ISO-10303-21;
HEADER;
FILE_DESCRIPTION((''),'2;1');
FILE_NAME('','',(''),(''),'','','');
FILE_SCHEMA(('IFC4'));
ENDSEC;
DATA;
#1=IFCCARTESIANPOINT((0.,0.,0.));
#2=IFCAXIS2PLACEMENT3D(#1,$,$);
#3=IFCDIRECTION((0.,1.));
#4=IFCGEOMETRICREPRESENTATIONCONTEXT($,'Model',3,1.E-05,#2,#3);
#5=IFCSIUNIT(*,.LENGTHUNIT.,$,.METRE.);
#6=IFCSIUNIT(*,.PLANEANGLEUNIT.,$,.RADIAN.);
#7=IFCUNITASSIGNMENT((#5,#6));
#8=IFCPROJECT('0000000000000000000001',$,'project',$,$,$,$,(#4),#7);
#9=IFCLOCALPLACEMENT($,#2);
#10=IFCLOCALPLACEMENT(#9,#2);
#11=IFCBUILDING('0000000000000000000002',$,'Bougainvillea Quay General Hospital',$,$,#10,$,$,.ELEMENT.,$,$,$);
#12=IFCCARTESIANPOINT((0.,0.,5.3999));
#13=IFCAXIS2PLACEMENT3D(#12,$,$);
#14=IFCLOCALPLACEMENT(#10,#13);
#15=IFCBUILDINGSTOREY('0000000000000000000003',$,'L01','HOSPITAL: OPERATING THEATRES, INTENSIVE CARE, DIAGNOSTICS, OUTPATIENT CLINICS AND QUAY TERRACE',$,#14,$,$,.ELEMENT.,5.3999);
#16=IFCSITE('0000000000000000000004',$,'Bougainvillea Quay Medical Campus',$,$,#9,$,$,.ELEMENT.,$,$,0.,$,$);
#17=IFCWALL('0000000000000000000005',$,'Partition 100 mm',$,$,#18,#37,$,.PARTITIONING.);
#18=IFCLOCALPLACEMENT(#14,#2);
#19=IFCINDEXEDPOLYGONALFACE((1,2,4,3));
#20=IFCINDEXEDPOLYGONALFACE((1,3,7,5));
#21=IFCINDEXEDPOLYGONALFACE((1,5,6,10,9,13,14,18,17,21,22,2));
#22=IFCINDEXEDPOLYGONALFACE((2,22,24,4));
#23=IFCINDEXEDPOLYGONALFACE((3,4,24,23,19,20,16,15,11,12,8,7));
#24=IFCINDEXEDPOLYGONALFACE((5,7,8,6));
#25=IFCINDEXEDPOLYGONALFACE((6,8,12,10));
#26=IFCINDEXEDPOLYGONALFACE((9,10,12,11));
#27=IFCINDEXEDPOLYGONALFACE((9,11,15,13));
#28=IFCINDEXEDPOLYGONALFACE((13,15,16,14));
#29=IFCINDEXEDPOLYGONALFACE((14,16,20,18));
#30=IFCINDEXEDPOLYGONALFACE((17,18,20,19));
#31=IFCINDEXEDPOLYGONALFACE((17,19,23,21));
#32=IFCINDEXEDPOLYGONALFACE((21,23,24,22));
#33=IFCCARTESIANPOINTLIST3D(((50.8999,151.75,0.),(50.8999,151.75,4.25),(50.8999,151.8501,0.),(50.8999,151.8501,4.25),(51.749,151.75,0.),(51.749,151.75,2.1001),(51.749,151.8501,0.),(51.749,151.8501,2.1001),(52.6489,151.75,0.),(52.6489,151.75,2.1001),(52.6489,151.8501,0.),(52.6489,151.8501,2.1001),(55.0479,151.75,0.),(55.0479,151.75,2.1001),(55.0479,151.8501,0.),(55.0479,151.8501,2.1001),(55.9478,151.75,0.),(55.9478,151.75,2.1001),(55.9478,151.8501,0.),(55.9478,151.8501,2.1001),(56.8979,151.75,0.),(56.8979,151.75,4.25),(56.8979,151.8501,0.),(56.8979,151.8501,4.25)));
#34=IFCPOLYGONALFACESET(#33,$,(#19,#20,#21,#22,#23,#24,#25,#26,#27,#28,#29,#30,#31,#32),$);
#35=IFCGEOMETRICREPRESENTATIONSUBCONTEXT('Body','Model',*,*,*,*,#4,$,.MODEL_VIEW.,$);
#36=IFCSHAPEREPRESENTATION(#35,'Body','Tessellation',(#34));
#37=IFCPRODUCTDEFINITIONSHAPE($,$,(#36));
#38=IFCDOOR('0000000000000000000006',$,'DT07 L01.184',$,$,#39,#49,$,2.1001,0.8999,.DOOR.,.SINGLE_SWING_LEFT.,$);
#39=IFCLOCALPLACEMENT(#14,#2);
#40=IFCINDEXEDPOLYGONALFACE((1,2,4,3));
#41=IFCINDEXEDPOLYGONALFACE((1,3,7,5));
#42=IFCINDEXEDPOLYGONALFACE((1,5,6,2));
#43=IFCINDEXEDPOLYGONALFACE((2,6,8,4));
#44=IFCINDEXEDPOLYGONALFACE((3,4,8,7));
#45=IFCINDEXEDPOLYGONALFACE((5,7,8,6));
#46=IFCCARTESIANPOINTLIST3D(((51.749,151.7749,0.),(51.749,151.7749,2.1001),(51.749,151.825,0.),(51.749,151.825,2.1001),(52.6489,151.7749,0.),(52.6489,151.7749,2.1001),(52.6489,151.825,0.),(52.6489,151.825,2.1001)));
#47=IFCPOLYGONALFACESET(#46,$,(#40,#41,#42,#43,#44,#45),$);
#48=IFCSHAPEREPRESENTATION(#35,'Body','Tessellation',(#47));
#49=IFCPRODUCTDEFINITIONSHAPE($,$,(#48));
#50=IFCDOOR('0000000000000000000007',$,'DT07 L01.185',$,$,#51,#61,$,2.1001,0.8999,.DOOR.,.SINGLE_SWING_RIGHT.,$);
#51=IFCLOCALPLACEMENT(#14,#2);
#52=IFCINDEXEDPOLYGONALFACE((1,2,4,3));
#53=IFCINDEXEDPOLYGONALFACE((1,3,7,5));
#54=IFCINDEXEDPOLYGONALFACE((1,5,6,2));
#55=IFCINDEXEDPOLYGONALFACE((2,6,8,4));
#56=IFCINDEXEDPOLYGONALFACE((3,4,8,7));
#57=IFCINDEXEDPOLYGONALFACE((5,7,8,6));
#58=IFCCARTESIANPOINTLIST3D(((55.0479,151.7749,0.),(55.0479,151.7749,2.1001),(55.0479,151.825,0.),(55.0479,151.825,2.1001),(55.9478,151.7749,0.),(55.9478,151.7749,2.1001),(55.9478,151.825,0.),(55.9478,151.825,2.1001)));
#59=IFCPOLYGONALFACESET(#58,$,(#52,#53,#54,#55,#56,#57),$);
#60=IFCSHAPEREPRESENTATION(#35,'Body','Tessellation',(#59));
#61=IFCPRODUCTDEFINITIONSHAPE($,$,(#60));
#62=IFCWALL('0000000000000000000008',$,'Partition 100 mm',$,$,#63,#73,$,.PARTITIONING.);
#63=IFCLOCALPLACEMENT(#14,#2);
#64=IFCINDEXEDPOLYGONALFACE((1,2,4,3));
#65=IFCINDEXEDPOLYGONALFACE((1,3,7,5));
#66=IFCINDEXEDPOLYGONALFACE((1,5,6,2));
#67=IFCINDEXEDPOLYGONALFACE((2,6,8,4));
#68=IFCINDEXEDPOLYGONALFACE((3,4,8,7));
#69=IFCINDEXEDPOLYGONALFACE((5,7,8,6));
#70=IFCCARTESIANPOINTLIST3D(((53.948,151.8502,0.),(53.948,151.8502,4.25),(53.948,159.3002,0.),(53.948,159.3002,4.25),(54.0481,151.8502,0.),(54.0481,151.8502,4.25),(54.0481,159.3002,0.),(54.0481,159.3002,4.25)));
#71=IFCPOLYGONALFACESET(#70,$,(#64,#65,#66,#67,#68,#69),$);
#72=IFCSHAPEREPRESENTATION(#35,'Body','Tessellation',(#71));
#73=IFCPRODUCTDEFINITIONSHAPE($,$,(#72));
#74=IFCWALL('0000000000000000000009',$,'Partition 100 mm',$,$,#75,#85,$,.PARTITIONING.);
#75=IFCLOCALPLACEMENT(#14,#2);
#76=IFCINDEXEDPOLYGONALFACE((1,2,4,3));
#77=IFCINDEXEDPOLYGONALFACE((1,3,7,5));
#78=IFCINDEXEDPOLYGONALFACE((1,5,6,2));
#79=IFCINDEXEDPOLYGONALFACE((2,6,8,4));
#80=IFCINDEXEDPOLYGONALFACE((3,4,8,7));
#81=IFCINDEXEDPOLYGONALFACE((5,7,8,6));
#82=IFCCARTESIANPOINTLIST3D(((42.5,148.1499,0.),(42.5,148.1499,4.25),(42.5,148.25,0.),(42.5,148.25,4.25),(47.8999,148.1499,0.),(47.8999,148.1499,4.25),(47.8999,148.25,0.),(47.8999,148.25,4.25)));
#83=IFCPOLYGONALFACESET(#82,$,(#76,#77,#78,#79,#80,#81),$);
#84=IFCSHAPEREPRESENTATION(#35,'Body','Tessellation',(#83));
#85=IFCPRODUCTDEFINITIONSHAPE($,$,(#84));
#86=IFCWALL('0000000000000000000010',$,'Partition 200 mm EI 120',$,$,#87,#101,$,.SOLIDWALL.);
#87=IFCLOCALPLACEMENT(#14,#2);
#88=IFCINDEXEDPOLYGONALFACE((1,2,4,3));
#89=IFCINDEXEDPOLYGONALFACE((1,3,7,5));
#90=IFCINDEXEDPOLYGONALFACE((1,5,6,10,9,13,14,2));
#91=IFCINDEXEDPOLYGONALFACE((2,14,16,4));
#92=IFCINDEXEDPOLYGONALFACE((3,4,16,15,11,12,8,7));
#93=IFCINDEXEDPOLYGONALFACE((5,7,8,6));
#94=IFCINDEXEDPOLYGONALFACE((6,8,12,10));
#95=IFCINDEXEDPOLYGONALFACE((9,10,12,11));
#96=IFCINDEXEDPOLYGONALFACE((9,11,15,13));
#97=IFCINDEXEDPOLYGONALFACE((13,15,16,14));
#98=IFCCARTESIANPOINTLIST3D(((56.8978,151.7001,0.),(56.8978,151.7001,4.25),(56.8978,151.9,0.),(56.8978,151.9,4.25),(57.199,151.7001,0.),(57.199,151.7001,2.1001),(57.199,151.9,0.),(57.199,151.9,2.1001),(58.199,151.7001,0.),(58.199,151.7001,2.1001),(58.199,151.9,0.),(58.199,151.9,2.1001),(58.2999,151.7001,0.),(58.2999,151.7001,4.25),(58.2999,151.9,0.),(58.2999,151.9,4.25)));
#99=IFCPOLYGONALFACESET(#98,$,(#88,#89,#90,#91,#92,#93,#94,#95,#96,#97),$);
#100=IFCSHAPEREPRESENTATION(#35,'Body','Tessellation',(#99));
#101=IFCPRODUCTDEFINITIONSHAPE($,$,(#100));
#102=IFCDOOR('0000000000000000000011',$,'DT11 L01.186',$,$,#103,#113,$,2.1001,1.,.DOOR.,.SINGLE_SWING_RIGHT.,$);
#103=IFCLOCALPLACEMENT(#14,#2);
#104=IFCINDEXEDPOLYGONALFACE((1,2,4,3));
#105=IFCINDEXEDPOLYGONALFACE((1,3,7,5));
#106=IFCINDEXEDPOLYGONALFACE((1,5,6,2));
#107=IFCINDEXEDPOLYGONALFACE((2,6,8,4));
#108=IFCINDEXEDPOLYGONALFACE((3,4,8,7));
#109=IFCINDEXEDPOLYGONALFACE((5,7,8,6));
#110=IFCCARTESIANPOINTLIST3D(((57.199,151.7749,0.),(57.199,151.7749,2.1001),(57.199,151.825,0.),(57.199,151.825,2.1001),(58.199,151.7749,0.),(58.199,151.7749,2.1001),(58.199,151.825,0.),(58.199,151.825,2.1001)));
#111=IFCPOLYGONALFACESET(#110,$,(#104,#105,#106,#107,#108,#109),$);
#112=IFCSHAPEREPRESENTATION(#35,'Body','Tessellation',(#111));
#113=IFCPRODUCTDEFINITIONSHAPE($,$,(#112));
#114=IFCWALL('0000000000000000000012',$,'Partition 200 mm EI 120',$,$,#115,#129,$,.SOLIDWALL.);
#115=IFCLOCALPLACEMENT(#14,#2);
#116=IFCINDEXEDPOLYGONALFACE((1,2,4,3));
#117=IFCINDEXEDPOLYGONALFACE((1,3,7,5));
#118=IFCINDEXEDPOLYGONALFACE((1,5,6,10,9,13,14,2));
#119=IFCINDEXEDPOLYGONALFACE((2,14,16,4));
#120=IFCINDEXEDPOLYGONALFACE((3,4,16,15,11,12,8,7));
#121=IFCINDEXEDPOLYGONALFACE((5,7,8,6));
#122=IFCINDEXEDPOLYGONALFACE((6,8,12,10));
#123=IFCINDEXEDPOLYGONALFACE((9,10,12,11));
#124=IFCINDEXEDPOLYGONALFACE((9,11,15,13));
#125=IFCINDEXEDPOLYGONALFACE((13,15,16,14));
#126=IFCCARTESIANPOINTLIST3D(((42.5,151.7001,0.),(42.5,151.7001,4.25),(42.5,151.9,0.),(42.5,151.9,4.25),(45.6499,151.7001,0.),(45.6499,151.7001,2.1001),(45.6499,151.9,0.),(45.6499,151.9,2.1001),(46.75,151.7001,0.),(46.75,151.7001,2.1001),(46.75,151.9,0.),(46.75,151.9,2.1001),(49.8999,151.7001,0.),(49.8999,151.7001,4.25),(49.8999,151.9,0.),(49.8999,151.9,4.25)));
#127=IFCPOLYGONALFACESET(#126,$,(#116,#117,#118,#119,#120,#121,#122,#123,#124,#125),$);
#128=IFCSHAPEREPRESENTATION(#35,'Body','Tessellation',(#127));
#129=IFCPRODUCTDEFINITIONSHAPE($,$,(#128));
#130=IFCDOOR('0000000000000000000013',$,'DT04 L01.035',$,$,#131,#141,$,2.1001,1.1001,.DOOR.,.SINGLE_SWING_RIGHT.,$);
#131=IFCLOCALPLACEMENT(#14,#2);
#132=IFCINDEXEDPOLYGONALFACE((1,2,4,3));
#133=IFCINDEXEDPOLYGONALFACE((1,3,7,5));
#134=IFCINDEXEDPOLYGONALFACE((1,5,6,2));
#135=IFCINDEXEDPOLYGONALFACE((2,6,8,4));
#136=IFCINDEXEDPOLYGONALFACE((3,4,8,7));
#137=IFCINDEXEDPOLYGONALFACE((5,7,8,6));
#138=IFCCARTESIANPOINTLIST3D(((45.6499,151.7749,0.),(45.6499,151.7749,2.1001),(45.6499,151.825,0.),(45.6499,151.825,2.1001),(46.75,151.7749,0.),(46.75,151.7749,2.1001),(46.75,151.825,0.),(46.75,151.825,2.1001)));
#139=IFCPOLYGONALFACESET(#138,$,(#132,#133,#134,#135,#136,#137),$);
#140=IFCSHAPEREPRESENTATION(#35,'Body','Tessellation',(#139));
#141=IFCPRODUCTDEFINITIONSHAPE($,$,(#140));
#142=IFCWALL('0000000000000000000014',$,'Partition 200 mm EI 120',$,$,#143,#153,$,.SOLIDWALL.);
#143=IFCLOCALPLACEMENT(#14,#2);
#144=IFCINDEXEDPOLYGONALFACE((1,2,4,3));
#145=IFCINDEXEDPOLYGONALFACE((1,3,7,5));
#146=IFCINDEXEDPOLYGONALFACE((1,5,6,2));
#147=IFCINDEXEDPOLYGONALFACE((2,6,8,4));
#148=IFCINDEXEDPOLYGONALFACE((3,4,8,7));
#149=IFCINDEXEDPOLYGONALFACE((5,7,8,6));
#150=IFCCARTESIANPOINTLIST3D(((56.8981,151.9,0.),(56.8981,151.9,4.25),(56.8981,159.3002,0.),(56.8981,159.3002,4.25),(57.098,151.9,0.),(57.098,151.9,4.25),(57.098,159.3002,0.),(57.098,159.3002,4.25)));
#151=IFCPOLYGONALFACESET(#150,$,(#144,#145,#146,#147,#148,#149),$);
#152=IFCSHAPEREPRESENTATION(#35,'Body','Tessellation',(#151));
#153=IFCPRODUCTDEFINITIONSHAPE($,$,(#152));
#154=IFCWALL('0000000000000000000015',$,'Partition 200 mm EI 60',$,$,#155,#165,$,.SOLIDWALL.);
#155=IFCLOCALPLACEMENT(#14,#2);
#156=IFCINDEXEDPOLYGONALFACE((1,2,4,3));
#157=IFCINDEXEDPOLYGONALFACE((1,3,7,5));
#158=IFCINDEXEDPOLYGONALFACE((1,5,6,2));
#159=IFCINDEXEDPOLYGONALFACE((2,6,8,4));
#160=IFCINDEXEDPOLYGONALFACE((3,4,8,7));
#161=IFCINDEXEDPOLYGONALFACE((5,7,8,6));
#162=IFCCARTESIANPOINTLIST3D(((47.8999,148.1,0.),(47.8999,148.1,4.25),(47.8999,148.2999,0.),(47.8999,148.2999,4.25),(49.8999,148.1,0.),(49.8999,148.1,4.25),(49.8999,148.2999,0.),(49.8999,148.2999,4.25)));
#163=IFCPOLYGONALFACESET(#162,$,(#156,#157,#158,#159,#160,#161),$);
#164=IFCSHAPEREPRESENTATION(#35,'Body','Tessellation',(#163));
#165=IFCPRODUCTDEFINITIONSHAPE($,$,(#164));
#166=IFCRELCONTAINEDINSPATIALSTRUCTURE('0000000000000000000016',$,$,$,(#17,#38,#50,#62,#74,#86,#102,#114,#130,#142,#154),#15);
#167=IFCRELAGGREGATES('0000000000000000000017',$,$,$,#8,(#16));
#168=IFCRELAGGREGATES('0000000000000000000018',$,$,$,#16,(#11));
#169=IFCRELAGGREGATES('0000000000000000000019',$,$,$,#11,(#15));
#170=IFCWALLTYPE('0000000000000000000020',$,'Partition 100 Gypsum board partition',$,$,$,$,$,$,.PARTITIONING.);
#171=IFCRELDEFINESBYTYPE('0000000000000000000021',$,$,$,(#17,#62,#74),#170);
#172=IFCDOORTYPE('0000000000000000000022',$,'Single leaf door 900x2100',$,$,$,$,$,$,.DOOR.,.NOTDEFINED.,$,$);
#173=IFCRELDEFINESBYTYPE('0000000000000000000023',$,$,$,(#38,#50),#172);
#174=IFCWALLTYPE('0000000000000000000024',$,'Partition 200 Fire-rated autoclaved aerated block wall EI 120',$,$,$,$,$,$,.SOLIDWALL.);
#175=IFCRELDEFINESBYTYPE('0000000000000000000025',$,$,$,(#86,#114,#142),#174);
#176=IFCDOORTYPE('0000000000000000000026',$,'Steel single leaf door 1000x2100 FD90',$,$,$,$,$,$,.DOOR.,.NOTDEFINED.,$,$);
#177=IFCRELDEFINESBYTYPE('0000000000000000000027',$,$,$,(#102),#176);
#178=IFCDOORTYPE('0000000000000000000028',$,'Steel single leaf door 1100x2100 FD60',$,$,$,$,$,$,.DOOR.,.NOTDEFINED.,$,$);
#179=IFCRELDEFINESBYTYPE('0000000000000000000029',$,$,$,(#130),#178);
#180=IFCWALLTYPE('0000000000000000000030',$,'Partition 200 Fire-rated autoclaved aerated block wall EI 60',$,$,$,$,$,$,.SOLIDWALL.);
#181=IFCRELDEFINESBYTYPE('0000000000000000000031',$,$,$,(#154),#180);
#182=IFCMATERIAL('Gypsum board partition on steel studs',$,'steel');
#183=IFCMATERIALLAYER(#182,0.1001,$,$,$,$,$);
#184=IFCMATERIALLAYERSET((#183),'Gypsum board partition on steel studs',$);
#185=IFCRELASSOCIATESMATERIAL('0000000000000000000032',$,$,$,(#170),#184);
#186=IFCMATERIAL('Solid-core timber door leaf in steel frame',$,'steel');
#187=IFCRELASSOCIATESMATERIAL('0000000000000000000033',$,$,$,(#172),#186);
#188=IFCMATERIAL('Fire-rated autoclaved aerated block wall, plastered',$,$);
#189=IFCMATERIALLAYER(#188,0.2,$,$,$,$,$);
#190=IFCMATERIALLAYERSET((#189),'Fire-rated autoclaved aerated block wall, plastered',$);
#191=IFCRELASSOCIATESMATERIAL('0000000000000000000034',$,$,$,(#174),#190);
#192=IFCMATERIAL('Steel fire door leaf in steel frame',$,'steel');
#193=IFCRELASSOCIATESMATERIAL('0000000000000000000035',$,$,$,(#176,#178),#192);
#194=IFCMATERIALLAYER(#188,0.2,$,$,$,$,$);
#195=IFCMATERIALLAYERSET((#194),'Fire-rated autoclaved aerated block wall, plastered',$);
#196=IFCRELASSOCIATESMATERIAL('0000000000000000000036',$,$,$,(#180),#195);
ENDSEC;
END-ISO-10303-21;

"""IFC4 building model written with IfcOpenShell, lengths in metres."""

from ifc_helpers import new_model, si_unit, direction, frame, frame_2d, origin, place, context, subcontext, project, spatial, rectangle, extrude, material, layer, layer_set, type_object, element, fill, save


model = new_model("IFC4")

# Units and contexts
model_context = context("Model", 3, precision=1e-05, world=origin(), true_north=direction((0.0, 1.0)))
body_context = subcontext(model_context, "Body", "Model", "MODEL_VIEW")
ifc_project = project(units=[si_unit("LENGTHUNIT", "METRE"), si_unit("PLANEANGLEUNIT", "RADIAN")], contexts=[model_context])

# Site, building, storey
site_placement = place(None, origin())
site = spatial("IfcSite", under=ifc_project, at=site_placement, Name="Bougainvillea Quay Medical Campus", CompositionType="ELEMENT", RefElevation=0.0)
building_placement = place(site_placement, origin())
building = spatial("IfcBuilding", under=site, at=building_placement, Name="Bougainvillea Quay General Hospital", CompositionType="ELEMENT")
storey_placement = place(building_placement, frame((0.0, 0.0, 5.3999)))
storey = spatial("IfcBuildingStorey", under=building, at=storey_placement, Name="L01", Description="HOSPITAL: OPERATING THEATRES, INTENSIVE CARE, DIAGNOSTICS, OUTPATIENT CLINICS AND QUAY TERRACE", CompositionType="ELEMENT", Elevation=5.3999)

# Wall, openings, doors
ifc_material_1 = material(Name="Gypsum board partition on steel studs", Category="steel")
ifc_layer_1 = layer(ifc_material_1, 0.1001)
ifc_layer_set_1 = layer_set([ifc_layer_1], Name="Gypsum board partition on steel studs")
wall_type_1 = type_object("IfcWallType", Name="Partition 100 Gypsum board partition", PredefinedType="PARTITIONING", material=ifc_layer_set_1)
wall_1_placement = place(storey_placement, frame((50.8999, 151.8, 0.0), z_axis=(0.0, 0.0, 1.0), x_axis=(1.0, 0.0, 0.0)))
wall_1 = element("IfcWall", 1, at=wall_1_placement, inside=storey, type_object=wall_type_1, Name="Partition 100 mm", PredefinedType="PARTITIONING", context=body_context, shape_type="SweptSolid", body=[
    extrude(rectangle(XDim=5.998, YDim=0.1001, at=frame_2d((2.999, 0.0))), origin(), (0.0, 0.0, 1.0), 4.25),
])
opening_1_placement = place(wall_1_placement, frame((0.8491, 0.0, 0.0)))
opening_1 = element("IfcOpeningElement", 2, at=opening_1_placement, cuts=wall_1, PredefinedType="OPENING", context=body_context, shape_type="SweptSolid", body=[
    extrude(rectangle(XDim=0.8999, YDim=2.1001, at=frame_2d((0.45, 1.05))), frame((0.0, 0.0601, 0.0), z_axis=(0.0, -1.0, 0.0), x_axis=(1.0, 0.0, 0.0)), (0.0, 0.0, 1.0), 0.1201),
])
opening_2_placement = place(wall_1_placement, frame((4.1479, 0.0, 0.0)))
opening_2 = element("IfcOpeningElement", 3, at=opening_2_placement, cuts=wall_1, PredefinedType="OPENING", context=body_context, shape_type="SweptSolid", body=[
    extrude(rectangle(XDim=0.8999, YDim=2.1001, at=frame_2d((0.45, 1.05))), frame((0.0, 0.0601, 0.0), z_axis=(0.0, -1.0, 0.0), x_axis=(1.0, 0.0, 0.0)), (0.0, 0.0, 1.0), 0.1201),
])
ifc_material_2 = material(Name="Solid-core timber door leaf in steel frame", Category="steel")
door_type_1 = type_object("IfcDoorType", Name="Single leaf door 900x2100", OperationType="NOTDEFINED", PredefinedType="DOOR", material=ifc_material_2)
door_1_placement = place(opening_1_placement, origin())
door_1 = element("IfcDoor", 4, at=door_1_placement, inside=storey, type_object=door_type_1, Name="DT07 L01.184", OperationType="SINGLE_SWING_LEFT", OverallHeight=2.1001, OverallWidth=0.8999, PredefinedType="DOOR", context=body_context, shape_type="SweptSolid", body=[
    extrude(rectangle(XDim=0.8999, YDim=2.1001, at=frame_2d((0.45, 1.05))), frame((0.0, 0.0249, 0.0), z_axis=(0.0, -1.0, 0.0), x_axis=(1.0, 0.0, 0.0)), (0.0, 0.0, 1.0), 0.05),
])
fill(opening_1, door_1)
door_2_placement = place(opening_2_placement, origin())
door_2 = element("IfcDoor", 5, at=door_2_placement, inside=storey, type_object=door_type_1, Name="DT07 L01.185", OperationType="SINGLE_SWING_RIGHT", OverallHeight=2.1001, OverallWidth=0.8999, PredefinedType="DOOR", context=body_context, shape_type="SweptSolid", body=[
    extrude(rectangle(XDim=0.8999, YDim=2.1001, at=frame_2d((0.45, 1.05))), frame((0.0, 0.0249, 0.0), z_axis=(0.0, -1.0, 0.0), x_axis=(1.0, 0.0, 0.0)), (0.0, 0.0, 1.0), 0.05),
])
fill(opening_2, door_2)

# Walls
wall_2_placement = place(storey_placement, frame((53.998, 151.8501, 0.0), z_axis=(0.0, 0.0, 1.0), x_axis=(0.0, 1.0, 0.0)))
element("IfcWall", 6, at=wall_2_placement, inside=storey, type_object=wall_type_1, Name="Partition 100 mm", PredefinedType="PARTITIONING", context=body_context, shape_type="SweptSolid", body=[
    extrude(rectangle(XDim=7.45, YDim=0.1001, at=frame_2d((3.7251, 0.0))), origin(), (0.0, 0.0, 1.0), 4.25),
])
wall_3_placement = place(storey_placement, frame((42.5, 148.2, 0.0), z_axis=(0.0, 0.0, 1.0), x_axis=(1.0, 0.0, 0.0)))
element("IfcWall", 7, at=wall_3_placement, inside=storey, type_object=wall_type_1, Name="Partition 100 mm", PredefinedType="PARTITIONING", context=body_context, shape_type="SweptSolid", body=[
    extrude(rectangle(XDim=5.3999, YDim=0.1001, at=frame_2d((2.7, 0.0))), origin(), (0.0, 0.0, 1.0), 4.25),
])

# Walls, openings, doors
ifc_material_3 = material(Name="Fire-rated autoclaved aerated block wall, plastered")
ifc_layer_2 = layer(ifc_material_3, 0.2)
ifc_layer_set_2 = layer_set([ifc_layer_2], Name="Fire-rated autoclaved aerated block wall, plastered")
wall_type_2 = type_object("IfcWallType", Name="Partition 200 Fire-rated autoclaved aerated block wall EI 120", PredefinedType="SOLIDWALL", material=ifc_layer_set_2)
wall_4_placement = place(storey_placement, frame((58.3, 151.8, 0.0), z_axis=(0.0, 0.0, 1.0), x_axis=(-1.0, 0.0, 0.0)))
wall_4 = element("IfcWall", 8, at=wall_4_placement, inside=storey, type_object=wall_type_2, Name="Partition 200 mm EI 120", PredefinedType="SOLIDWALL", context=body_context, shape_type="SweptSolid", body=[
    extrude(rectangle(XDim=1.4021, YDim=0.2, at=frame_2d((0.7012, 0.0))), origin(), (0.0, 0.0, 1.0), 4.25),
])
opening_3_placement = place(wall_4_placement, frame((0.1011, 0.0, 0.0)))
opening_3 = element("IfcOpeningElement", 9, at=opening_3_placement, cuts=wall_4, PredefinedType="OPENING", context=body_context, shape_type="SweptSolid", body=[
    extrude(rectangle(XDim=1.0, YDim=2.1001, at=frame_2d((0.5, 1.05))), frame((0.0, 0.1099, 0.0), z_axis=(0.0, -1.0, 0.0), x_axis=(1.0, 0.0, 0.0)), (0.0, 0.0, 1.0), 0.22),
])
ifc_material_4 = material(Name="Steel fire door leaf in steel frame", Category="steel")
door_type_2 = type_object("IfcDoorType", Name="Steel single leaf door 1000x2100 FD90", OperationType="NOTDEFINED", PredefinedType="DOOR", material=ifc_material_4)
door_3_placement = place(opening_3_placement, frame((1.0, 0.0, 0.0), z_axis=(0.0, 0.0, 1.0), x_axis=(-1.0, 0.0, 0.0)))
door_3 = element("IfcDoor", 10, at=door_3_placement, inside=storey, type_object=door_type_2, Name="DT11 L01.186", OperationType="SINGLE_SWING_RIGHT", OverallHeight=2.1001, OverallWidth=1.0, PredefinedType="DOOR", context=body_context, shape_type="SweptSolid", body=[
    extrude(rectangle(XDim=1.0, YDim=2.1001, at=frame_2d((0.5, 1.05))), frame((0.0, 0.0249, 0.0), z_axis=(0.0, -1.0, 0.0), x_axis=(1.0, 0.0, 0.0)), (0.0, 0.0, 1.0), 0.05),
])
fill(opening_3, door_3)
wall_5_placement = place(storey_placement, frame((42.5, 151.8, 0.0), z_axis=(0.0, 0.0, 1.0), x_axis=(1.0, 0.0, 0.0)))
wall_5 = element("IfcWall", 11, at=wall_5_placement, inside=storey, type_object=wall_type_2, Name="Partition 200 mm EI 120", PredefinedType="SOLIDWALL", context=body_context, shape_type="SweptSolid", body=[
    extrude(rectangle(XDim=7.3999, YDim=0.2, at=frame_2d((3.7, 0.0))), origin(), (0.0, 0.0, 1.0), 4.25),
])
opening_4_placement = place(wall_5_placement, frame((3.1499, 0.0, 0.0)))
opening_4 = element("IfcOpeningElement", 12, at=opening_4_placement, cuts=wall_5, PredefinedType="OPENING", context=body_context, shape_type="SweptSolid", body=[
    extrude(rectangle(XDim=1.1001, YDim=2.1001, at=frame_2d((0.55, 1.05))), frame((0.0, 0.1099, 0.0), z_axis=(0.0, -1.0, 0.0), x_axis=(1.0, 0.0, 0.0)), (0.0, 0.0, 1.0), 0.22),
])
door_type_3 = type_object("IfcDoorType", Name="Steel single leaf door 1100x2100 FD60", OperationType="NOTDEFINED", PredefinedType="DOOR", material=ifc_material_4)
door_4_placement = place(opening_4_placement, origin())
door_4 = element("IfcDoor", 13, at=door_4_placement, inside=storey, type_object=door_type_3, Name="DT04 L01.035", OperationType="SINGLE_SWING_RIGHT", OverallHeight=2.1001, OverallWidth=1.1001, PredefinedType="DOOR", context=body_context, shape_type="SweptSolid", body=[
    extrude(rectangle(XDim=1.1001, YDim=2.1001, at=frame_2d((0.55, 1.05))), frame((0.0, 0.0249, 0.0), z_axis=(0.0, -1.0, 0.0), x_axis=(1.0, 0.0, 0.0)), (0.0, 0.0, 1.0), 0.05),
])
fill(opening_4, door_4)

# Walls
wall_6_placement = place(storey_placement, frame((56.998, 151.8999, 0.0), z_axis=(0.0, 0.0, 1.0), x_axis=(0.0, 1.0, 0.0)))
element("IfcWall", 14, at=wall_6_placement, inside=storey, type_object=wall_type_2, Name="Partition 200 mm EI 120", PredefinedType="SOLIDWALL", context=body_context, shape_type="SweptSolid", body=[
    extrude(rectangle(XDim=7.4001, YDim=0.2, at=frame_2d((3.7002, 0.0))), origin(), (0.0, 0.0, 1.0), 4.25),
])
ifc_layer_3 = layer(ifc_material_3, 0.2)
ifc_layer_set_3 = layer_set([ifc_layer_3], Name="Fire-rated autoclaved aerated block wall, plastered")
wall_type_3 = type_object("IfcWallType", Name="Partition 200 Fire-rated autoclaved aerated block wall EI 60", PredefinedType="SOLIDWALL", material=ifc_layer_set_3)
wall_7_placement = place(storey_placement, frame((47.8999, 148.2, 0.0), z_axis=(0.0, 0.0, 1.0), x_axis=(1.0, 0.0, 0.0)))
element("IfcWall", 15, at=wall_7_placement, inside=storey, type_object=wall_type_3, Name="Partition 200 mm EI 60", PredefinedType="SOLIDWALL", context=body_context, shape_type="SweptSolid", body=[
    extrude(rectangle(XDim=2.0, YDim=0.2, at=frame_2d((1.0, 0.0))), origin(), (0.0, 0.0, 1.0), 4.25),
])

save(model, "model.ifc")
